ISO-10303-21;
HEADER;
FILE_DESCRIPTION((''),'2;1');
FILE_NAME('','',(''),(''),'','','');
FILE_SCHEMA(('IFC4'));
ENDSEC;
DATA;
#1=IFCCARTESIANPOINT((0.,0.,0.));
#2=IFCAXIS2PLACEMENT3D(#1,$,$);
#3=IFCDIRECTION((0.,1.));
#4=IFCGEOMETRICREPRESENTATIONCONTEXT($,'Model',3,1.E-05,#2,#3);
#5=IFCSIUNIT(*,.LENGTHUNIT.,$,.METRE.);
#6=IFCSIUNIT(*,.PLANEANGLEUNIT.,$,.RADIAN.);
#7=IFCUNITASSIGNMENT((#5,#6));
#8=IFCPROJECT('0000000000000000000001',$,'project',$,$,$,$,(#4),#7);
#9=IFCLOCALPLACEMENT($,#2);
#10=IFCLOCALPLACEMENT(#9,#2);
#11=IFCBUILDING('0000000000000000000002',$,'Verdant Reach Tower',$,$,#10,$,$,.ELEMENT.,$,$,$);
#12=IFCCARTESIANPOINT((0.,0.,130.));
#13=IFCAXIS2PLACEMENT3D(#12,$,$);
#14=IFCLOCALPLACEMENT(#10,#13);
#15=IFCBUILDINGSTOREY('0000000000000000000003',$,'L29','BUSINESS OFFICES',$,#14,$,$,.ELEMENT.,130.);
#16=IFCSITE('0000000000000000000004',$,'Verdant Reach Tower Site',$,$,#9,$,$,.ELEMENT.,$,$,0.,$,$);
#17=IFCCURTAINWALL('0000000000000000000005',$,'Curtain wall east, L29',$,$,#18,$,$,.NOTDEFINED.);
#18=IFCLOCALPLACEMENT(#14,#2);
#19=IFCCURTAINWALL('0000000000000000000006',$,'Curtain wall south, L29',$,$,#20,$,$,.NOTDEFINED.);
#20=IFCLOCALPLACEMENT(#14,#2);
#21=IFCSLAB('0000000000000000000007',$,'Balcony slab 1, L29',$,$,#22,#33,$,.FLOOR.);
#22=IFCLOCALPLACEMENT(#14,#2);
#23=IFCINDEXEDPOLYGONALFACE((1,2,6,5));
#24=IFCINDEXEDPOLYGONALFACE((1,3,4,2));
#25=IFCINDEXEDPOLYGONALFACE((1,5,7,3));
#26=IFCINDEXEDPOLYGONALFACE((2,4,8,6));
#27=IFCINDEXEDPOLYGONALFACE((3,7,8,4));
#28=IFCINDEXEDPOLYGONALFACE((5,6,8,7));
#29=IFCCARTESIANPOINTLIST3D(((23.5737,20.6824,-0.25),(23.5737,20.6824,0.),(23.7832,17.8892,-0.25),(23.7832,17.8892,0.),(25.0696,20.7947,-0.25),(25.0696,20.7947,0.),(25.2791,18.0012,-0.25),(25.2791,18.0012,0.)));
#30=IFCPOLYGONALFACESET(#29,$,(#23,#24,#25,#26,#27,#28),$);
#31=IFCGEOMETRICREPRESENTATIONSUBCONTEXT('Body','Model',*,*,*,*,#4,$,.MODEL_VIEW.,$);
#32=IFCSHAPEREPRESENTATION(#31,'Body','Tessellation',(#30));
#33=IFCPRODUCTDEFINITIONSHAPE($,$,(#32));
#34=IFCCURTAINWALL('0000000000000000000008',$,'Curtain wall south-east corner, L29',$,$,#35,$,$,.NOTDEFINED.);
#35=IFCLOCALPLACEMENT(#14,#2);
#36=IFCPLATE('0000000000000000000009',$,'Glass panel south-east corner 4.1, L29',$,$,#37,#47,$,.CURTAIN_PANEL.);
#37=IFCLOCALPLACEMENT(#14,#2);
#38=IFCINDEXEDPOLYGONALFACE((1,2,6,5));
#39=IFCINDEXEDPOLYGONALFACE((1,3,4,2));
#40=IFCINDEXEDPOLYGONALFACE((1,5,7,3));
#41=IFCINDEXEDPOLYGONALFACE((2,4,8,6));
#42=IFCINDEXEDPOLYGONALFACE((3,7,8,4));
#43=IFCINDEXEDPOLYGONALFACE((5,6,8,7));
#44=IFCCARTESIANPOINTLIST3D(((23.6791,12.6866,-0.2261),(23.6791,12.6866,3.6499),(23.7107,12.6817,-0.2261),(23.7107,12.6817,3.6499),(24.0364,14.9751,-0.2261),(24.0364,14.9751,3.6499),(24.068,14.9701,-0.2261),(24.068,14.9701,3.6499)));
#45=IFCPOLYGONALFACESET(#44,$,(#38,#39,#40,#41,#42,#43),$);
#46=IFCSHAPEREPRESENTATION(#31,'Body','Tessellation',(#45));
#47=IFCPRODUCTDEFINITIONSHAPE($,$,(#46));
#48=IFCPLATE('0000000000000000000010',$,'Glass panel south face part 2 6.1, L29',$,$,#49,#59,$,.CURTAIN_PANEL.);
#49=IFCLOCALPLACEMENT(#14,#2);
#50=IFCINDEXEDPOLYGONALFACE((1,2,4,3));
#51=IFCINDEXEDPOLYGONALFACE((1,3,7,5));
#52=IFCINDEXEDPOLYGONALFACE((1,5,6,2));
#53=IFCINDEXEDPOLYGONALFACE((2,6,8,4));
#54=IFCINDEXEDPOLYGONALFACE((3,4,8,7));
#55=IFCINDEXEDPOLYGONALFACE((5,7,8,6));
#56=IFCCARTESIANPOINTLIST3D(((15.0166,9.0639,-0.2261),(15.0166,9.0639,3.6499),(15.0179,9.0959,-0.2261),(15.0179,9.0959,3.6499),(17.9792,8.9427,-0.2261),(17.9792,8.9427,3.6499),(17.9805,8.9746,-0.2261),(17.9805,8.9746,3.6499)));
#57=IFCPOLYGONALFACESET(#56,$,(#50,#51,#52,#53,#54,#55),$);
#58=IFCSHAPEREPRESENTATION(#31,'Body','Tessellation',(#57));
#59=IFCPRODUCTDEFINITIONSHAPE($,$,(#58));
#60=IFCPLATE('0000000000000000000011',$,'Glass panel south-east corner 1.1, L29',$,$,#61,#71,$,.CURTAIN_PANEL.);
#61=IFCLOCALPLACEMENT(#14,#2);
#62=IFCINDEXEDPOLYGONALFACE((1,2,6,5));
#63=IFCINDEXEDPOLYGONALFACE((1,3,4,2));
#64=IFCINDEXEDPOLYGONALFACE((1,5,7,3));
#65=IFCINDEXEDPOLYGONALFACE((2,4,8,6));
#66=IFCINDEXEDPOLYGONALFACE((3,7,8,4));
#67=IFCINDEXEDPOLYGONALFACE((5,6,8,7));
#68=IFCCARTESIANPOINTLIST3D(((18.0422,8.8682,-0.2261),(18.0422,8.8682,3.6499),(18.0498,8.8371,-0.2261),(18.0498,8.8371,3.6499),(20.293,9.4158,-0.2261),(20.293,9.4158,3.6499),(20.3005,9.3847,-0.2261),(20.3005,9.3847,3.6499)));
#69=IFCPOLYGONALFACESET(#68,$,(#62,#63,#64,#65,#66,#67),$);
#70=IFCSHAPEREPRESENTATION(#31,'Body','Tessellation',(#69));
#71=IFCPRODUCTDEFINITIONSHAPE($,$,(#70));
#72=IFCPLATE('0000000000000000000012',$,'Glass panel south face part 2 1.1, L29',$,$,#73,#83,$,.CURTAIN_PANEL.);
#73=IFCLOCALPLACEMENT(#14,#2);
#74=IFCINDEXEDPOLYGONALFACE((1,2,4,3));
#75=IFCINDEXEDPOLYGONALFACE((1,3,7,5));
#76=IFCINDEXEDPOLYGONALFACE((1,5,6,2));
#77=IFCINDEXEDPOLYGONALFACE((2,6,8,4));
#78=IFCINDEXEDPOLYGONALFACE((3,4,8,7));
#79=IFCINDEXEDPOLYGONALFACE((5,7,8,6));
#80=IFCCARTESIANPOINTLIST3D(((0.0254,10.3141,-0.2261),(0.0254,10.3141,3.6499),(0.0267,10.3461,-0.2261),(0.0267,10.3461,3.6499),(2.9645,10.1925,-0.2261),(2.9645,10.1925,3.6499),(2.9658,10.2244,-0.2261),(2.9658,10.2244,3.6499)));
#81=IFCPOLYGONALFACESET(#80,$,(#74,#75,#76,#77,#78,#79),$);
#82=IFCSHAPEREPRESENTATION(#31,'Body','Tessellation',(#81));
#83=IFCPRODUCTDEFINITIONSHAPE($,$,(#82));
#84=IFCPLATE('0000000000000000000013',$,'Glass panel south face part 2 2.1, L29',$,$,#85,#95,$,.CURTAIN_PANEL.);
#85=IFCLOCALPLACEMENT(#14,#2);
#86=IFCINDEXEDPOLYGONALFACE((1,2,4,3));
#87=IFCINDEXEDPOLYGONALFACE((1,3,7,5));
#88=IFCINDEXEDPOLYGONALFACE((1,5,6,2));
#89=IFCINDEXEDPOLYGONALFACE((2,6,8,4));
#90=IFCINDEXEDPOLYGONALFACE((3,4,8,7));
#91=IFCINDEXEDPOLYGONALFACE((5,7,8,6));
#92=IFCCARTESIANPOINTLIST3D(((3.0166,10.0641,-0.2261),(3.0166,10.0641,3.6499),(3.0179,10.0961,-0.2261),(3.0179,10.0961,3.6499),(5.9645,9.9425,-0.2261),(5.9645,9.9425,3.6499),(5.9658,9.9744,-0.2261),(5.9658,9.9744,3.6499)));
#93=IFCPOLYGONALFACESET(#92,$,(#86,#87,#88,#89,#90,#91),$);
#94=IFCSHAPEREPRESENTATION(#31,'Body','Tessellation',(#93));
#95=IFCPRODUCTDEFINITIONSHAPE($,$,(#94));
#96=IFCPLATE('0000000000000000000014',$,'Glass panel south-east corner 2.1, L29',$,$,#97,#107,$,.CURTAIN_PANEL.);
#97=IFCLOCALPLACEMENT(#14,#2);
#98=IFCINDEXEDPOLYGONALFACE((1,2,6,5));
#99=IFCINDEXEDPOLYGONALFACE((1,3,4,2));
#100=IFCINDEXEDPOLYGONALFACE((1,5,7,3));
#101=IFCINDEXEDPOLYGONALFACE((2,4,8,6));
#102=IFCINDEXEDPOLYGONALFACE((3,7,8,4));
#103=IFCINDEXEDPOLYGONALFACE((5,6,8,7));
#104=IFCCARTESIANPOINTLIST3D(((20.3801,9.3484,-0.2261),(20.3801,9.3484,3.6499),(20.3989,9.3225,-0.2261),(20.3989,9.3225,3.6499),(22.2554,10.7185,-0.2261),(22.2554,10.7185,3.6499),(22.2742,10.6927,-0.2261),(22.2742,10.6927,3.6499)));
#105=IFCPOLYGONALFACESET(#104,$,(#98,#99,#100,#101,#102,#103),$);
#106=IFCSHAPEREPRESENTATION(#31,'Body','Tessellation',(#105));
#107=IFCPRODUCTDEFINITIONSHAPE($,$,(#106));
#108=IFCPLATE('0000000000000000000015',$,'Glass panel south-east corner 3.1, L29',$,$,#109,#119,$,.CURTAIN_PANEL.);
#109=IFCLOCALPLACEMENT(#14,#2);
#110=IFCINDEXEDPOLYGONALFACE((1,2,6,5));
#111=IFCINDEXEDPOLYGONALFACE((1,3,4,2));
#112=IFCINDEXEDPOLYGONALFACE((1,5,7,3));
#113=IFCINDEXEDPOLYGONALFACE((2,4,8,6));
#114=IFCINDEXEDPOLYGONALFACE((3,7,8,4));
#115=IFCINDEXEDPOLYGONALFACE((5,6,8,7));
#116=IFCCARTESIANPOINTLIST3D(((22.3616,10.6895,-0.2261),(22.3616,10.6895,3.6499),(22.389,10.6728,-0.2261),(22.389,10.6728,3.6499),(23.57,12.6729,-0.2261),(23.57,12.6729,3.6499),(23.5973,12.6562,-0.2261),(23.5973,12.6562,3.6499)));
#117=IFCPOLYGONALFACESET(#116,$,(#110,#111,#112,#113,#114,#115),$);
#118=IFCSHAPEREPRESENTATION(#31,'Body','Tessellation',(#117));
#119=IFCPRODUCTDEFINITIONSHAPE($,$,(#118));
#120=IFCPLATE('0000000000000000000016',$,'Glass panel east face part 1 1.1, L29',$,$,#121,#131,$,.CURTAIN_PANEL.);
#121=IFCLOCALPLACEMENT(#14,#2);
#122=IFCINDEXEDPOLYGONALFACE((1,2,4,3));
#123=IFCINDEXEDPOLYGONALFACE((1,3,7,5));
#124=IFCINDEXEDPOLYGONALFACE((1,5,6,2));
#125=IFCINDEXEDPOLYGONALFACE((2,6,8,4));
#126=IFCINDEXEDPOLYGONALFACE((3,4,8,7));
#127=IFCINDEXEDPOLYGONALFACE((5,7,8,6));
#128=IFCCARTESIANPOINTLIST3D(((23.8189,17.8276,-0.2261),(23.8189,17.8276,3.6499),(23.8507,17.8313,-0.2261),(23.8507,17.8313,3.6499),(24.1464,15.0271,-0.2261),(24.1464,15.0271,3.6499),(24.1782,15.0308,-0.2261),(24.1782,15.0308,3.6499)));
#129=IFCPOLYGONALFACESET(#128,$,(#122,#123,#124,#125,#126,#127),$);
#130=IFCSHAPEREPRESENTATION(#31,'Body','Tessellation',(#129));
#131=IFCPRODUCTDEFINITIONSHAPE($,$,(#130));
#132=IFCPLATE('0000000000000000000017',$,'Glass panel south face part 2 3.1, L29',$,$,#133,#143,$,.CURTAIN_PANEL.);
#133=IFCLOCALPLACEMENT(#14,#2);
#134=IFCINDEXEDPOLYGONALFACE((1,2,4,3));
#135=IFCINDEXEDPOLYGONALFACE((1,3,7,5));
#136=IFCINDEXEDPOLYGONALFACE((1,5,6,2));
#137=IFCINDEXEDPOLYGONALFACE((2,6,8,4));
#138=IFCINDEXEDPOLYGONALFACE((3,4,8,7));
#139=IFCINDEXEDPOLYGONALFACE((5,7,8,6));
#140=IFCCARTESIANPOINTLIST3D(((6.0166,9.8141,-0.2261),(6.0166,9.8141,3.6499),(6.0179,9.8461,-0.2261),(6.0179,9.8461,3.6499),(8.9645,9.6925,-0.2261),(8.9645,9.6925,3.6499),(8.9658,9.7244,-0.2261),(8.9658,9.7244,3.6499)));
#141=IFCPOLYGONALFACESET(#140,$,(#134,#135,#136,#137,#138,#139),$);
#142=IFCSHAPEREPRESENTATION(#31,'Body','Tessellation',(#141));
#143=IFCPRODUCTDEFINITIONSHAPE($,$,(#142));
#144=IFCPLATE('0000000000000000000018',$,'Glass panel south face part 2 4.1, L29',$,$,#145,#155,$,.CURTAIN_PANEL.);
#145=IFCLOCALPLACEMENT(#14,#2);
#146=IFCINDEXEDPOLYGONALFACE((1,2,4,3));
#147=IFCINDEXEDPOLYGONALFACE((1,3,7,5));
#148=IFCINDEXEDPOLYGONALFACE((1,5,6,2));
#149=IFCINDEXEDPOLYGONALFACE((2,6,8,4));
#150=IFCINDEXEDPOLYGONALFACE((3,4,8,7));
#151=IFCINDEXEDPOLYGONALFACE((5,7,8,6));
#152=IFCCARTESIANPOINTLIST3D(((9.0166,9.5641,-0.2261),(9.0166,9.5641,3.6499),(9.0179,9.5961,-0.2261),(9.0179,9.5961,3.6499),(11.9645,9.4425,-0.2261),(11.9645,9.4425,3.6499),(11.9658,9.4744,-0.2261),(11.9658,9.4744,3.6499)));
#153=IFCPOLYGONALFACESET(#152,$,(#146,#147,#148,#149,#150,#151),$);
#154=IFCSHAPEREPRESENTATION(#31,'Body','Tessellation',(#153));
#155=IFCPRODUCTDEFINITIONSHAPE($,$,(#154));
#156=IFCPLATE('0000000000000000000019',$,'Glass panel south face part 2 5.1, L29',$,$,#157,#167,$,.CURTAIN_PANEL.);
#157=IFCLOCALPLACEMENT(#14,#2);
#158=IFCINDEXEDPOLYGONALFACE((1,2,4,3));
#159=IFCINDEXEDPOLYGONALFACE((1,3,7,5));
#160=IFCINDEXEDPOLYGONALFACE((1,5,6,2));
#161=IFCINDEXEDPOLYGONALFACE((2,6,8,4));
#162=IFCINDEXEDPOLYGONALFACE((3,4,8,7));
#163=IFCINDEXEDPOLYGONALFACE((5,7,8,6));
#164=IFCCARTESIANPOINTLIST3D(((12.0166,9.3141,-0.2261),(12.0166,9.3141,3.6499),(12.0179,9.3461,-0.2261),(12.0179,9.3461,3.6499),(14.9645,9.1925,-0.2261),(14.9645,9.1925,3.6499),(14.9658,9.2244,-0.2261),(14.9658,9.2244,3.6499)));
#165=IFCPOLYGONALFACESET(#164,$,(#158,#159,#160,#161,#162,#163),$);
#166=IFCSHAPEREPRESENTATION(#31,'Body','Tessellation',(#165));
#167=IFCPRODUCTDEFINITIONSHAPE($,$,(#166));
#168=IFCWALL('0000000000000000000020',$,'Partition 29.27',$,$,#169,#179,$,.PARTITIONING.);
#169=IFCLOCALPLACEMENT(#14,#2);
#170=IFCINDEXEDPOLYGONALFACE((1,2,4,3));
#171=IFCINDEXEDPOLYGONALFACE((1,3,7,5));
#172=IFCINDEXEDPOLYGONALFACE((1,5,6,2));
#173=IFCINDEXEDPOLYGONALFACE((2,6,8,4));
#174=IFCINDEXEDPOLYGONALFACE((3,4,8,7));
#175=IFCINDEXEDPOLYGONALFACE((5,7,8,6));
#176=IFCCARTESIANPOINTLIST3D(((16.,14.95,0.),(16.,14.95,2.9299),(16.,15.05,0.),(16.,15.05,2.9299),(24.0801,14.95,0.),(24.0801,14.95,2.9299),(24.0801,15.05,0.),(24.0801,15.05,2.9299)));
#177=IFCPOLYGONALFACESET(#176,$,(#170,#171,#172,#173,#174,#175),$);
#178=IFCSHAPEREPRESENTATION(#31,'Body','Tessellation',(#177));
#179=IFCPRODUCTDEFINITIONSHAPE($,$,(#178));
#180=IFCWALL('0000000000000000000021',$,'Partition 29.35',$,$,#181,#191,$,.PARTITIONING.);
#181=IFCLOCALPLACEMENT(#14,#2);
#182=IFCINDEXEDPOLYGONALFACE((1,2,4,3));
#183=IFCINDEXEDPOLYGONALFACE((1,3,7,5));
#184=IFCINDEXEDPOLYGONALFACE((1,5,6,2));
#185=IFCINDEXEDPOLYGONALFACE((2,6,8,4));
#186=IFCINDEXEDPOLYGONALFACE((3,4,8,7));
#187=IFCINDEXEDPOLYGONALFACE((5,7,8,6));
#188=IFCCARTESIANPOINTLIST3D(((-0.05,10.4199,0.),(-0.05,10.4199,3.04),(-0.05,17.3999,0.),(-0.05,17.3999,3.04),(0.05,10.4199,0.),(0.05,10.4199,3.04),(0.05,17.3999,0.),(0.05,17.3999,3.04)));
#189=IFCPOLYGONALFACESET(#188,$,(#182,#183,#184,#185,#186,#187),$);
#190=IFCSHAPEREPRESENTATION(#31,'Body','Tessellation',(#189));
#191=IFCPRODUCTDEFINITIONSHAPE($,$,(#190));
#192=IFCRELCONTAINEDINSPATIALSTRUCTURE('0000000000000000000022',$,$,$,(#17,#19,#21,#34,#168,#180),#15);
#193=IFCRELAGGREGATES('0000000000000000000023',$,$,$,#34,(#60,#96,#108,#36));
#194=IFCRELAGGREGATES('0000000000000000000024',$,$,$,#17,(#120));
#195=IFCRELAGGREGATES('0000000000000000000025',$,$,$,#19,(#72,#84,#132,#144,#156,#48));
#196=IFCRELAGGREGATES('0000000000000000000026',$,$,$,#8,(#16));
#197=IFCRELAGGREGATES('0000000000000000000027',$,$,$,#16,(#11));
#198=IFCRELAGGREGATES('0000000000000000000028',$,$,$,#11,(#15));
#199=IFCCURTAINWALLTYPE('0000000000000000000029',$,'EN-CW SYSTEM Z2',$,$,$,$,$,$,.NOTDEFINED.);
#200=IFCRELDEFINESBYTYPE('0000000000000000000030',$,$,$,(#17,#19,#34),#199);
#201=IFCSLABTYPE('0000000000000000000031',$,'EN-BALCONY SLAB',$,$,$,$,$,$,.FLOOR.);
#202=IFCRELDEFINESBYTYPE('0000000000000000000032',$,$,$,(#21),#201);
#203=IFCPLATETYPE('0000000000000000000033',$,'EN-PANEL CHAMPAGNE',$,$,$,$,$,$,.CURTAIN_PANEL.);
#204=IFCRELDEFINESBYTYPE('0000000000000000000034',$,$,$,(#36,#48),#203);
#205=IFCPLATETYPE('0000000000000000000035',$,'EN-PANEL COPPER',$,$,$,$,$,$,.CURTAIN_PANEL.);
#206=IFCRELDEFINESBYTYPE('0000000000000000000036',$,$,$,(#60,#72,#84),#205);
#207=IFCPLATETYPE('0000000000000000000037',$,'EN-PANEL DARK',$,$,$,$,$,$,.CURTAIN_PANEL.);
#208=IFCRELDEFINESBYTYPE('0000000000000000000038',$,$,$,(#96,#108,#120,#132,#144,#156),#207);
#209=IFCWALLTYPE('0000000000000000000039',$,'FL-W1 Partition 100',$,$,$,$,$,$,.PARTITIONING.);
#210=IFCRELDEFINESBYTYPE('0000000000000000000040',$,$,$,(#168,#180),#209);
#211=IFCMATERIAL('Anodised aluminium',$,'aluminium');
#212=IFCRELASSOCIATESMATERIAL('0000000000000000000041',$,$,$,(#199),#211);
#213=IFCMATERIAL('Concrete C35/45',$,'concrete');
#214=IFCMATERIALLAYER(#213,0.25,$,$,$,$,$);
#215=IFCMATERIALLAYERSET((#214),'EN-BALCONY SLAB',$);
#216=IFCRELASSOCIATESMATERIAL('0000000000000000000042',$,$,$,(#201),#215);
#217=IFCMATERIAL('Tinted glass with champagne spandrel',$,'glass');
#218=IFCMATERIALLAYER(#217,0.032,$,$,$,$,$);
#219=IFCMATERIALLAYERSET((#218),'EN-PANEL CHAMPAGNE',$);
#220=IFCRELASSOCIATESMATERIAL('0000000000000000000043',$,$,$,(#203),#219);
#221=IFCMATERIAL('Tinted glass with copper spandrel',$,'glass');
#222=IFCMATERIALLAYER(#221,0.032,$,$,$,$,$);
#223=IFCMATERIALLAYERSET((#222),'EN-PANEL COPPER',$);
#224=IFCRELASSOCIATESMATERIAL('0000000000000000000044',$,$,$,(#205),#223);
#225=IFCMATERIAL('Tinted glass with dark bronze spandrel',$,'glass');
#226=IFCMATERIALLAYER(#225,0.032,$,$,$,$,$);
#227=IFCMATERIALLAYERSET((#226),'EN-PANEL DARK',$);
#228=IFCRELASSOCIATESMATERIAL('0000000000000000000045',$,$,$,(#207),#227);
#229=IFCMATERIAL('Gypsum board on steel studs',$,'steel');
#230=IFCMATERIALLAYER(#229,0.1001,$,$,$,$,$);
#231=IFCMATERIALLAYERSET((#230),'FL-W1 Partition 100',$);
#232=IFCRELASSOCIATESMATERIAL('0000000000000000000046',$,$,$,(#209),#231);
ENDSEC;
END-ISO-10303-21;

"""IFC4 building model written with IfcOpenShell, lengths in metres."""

from ifc_helpers import new_model, si_unit, direction, frame, frame_2d, origin, origin_2d, place, context, subcontext, project, spatial, polyline, rectangle, outline, extrude, material, layer, layer_set, type_object, element, aggregate, save


model = new_model("IFC4")

# Units and contexts
model_context = context("Model", 3, precision=1e-05, world=origin(), true_north=direction((0.0, 1.0)))
body_context = subcontext(model_context, "Body", "Model", "MODEL_VIEW")
ifc_project = project(units=[si_unit("LENGTHUNIT", "METRE"), si_unit("PLANEANGLEUNIT", "RADIAN")], contexts=[model_context])

# Site, building, storey
site_placement = place(None, origin())
site = spatial("IfcSite", under=ifc_project, at=site_placement, Name="Verdant Reach Tower Site", CompositionType="ELEMENT", RefElevation=0.0)
building_placement = place(site_placement, origin())
building = spatial("IfcBuilding", under=site, at=building_placement, Name="Verdant Reach Tower", CompositionType="ELEMENT")
storey_placement = place(building_placement, frame((0.0, 0.0, 130.0)))
storey = spatial("IfcBuildingStorey", under=building, at=storey_placement, Name="L29", Description="BUSINESS OFFICES", CompositionType="ELEMENT", Elevation=130.0)

# Curtain walls
ifc_material_1 = material(Name="Anodised aluminium", Category="aluminium")
curtain_wall_type = type_object("IfcCurtainWallType", Name="EN-CW SYSTEM Z2", PredefinedType="NOTDEFINED", material=ifc_material_1)
curtain_wall_1_placement = place(storey_placement, origin())
curtain_wall_1 = element("IfcCurtainWall", 1, at=curtain_wall_1_placement, inside=storey, type_object=curtain_wall_type, Name="Curtain wall east, L29", PredefinedType="NOTDEFINED")
curtain_wall_2_placement = place(storey_placement, origin())
curtain_wall_2 = element("IfcCurtainWall", 2, at=curtain_wall_2_placement, inside=storey, type_object=curtain_wall_type, Name="Curtain wall south, L29", PredefinedType="NOTDEFINED")

# Slab
ifc_material_2 = material(Name="Concrete C35/45", Category="concrete")
ifc_layer_1 = layer(ifc_material_2, 0.25)
ifc_layer_set_1 = layer_set([ifc_layer_1], Name="EN-BALCONY SLAB")
slab_type_1 = type_object("IfcSlabType", Name="EN-BALCONY SLAB", PredefinedType="FLOOR", material=ifc_layer_set_1)
slab_1_placement = place(storey_placement, frame((0.0, 0.0, -0.25)))
element("IfcSlab", 3, at=slab_1_placement, inside=storey, type_object=slab_type_1, Name="Balcony slab 1, L29", PredefinedType="FLOOR", context=body_context, shape_type="SweptSolid", body=[
    extrude(outline(polyline([(23.7832, 17.8892), (23.5737, 20.6824), (25.0696, 20.7947), (25.2791, 18.0012), (23.7832, 17.8892)])), origin(), (0.0, 0.0, 1.0), 0.25),
])

# Curtain wall, plate
curtain_wall_3_placement = place(storey_placement, origin())
curtain_wall_3 = element("IfcCurtainWall", 4, at=curtain_wall_3_placement, inside=storey, type_object=curtain_wall_type, Name="Curtain wall south-east corner, L29", PredefinedType="NOTDEFINED")
ifc_material_3 = material(Name="Tinted glass with champagne spandrel", Category="glass")
ifc_layer_2 = layer(ifc_material_3, 0.032)
ifc_layer_set_2 = layer_set([ifc_layer_2], Name="EN-PANEL CHAMPAGNE")
plate_type_1 = type_object("IfcPlateType", Name="EN-PANEL CHAMPAGNE", PredefinedType="CURTAIN_PANEL", material=ifc_layer_set_2)
plate_1_placement = place(storey_placement, frame((23.8735, 13.8284, -0.2261), z_axis=(0.0, 0.0, 1.0), x_axis=(0.154281, 0.988027, 0.0)))
plate_1 = element("IfcPlate", 5, at=plate_1_placement, type_object=plate_type_1, Name="Glass panel south-east corner 4.1, L29", PredefinedType="CURTAIN_PANEL", context=body_context, shape_type="SweptSolid", body=[
    extrude(rectangle(XDim=2.3162, YDim=0.032, at=origin_2d()), origin(), (0.0, 0.0, 1.0), 3.876),
])

# Plates
plate_2_placement = place(storey_placement, frame((16.4985, 9.0193, -0.2261), z_axis=(0.0, 0.0, 1.0), x_axis=(0.999163, -0.0409, 0.0)))
plate_2 = element("IfcPlate", 6, at=plate_2_placement, type_object=plate_type_1, Name="Glass panel south face part 2 6.1, L29", PredefinedType="CURTAIN_PANEL", context=body_context, shape_type="SweptSolid", body=[
    extrude(rectangle(XDim=2.9651, YDim=0.032, at=origin_2d()), origin(), (0.0, 0.0, 1.0), 3.876),
])
ifc_material_4 = material(Name="Tinted glass with copper spandrel", Category="glass")
ifc_layer_3 = layer(ifc_material_4, 0.032)
ifc_layer_set_3 = layer_set([ifc_layer_3], Name="EN-PANEL COPPER")
plate_type_2 = type_object("IfcPlateType", Name="EN-PANEL COPPER", PredefinedType="CURTAIN_PANEL", material=ifc_layer_set_3)
plate_3_placement = place(storey_placement, frame((19.1714, 9.1265, -0.2261), z_axis=(0.0, 0.0, 1.0), x_axis=(0.971658, 0.236391, 0.0)))
plate_3 = element("IfcPlate", 7, at=plate_3_placement, type_object=plate_type_2, Name="Glass panel south-east corner 1.1, L29", PredefinedType="CURTAIN_PANEL", context=body_context, shape_type="SweptSolid", body=[
    extrude(rectangle(XDim=2.3164, YDim=0.032, at=origin_2d()), origin(), (0.0, 0.0, 1.0), 3.876),
])
plate_4_placement = place(storey_placement, frame((1.4956, 10.2693, -0.2261), z_axis=(0.0, 0.0, 1.0), x_axis=(0.999144, -0.041364, 0.0)))
plate_4 = element("IfcPlate", 8, at=plate_4_placement, type_object=plate_type_2, Name="Glass panel south face part 2 1.1, L29", PredefinedType="CURTAIN_PANEL", context=body_context, shape_type="SweptSolid", body=[
    extrude(rectangle(XDim=2.9417, YDim=0.032, at=origin_2d()), origin(), (0.0, 0.0, 1.0), 3.876),
])
plate_5_placement = place(storey_placement, frame((4.4912, 10.0193, -0.2261), z_axis=(0.0, 0.0, 1.0), x_axis=(0.999149, -0.041242, 0.0)))
plate_5 = element("IfcPlate", 9, at=plate_5_placement, type_object=plate_type_2, Name="Glass panel south face part 2 2.1, L29", PredefinedType="CURTAIN_PANEL", context=body_context, shape_type="SweptSolid", body=[
    extrude(rectangle(XDim=2.9504, YDim=0.032, at=origin_2d()), origin(), (0.0, 0.0, 1.0), 3.876),
])
ifc_material_5 = material(Name="Tinted glass with dark bronze spandrel", Category="glass")
ifc_layer_4 = layer(ifc_material_5, 0.032)
ifc_layer_set_4 = layer_set([ifc_layer_4], Name="EN-PANEL DARK")
plate_type_3 = type_object("IfcPlateType", Name="EN-PANEL DARK", PredefinedType="CURTAIN_PANEL", material=ifc_layer_set_4)
plate_6_placement = place(storey_placement, frame((21.3271, 10.0205, -0.2261), z_axis=(0.0, 0.0, 1.0), x_axis=(0.807457, 0.589927, 0.0)))
plate_6 = element("IfcPlate", 10, at=plate_6_placement, type_object=plate_type_3, Name="Glass panel south-east corner 2.1, L29", PredefinedType="CURTAIN_PANEL", context=body_context, shape_type="SweptSolid", body=[
    extrude(rectangle(XDim=2.3225, YDim=0.032, at=origin_2d()), origin(), (0.0, 0.0, 1.0), 3.876),
])
plate_7_placement = place(storey_placement, frame((22.9795, 11.6729, -0.2261), z_axis=(0.0, 0.0, 1.0), x_axis=(0.520292, 0.853989, 0.0)))
plate_7 = element("IfcPlate", 11, at=plate_7_placement, type_object=plate_type_3, Name="Glass panel south-east corner 3.1, L29", PredefinedType="CURTAIN_PANEL", context=body_context, shape_type="SweptSolid", body=[
    extrude(rectangle(XDim=2.3225, YDim=0.032, at=origin_2d()), origin(), (0.0, 0.0, 1.0), 3.876),
])
aggregate(curtain_wall_3, [plate_3, plate_6, plate_7, plate_1])
plate_8_placement = place(storey_placement, frame((23.9985, 16.4292, -0.2261), z_axis=(0.0, 0.0, 1.0), x_axis=(-0.116147, 0.993232, 0.0)))
plate_8 = element("IfcPlate", 12, at=plate_8_placement, type_object=plate_type_3, Name="Glass panel east face part 1 1.1, L29", PredefinedType="CURTAIN_PANEL", context=body_context, shape_type="SweptSolid", body=[
    extrude(rectangle(XDim=2.8196, YDim=0.032, at=origin_2d()), origin(), (0.0, 0.0, 1.0), 3.876),
])
aggregate(curtain_wall_1, [plate_8])
plate_9_placement = place(storey_placement, frame((7.4912, 9.7693, -0.2261), z_axis=(0.0, 0.0, 1.0), x_axis=(0.999149, -0.041242, 0.0)))
plate_9 = element("IfcPlate", 13, at=plate_9_placement, type_object=plate_type_3, Name="Glass panel south face part 2 3.1, L29", PredefinedType="CURTAIN_PANEL", context=body_context, shape_type="SweptSolid", body=[
    extrude(rectangle(XDim=2.9504, YDim=0.032, at=origin_2d()), origin(), (0.0, 0.0, 1.0), 3.876),
])
plate_10_placement = place(storey_placement, frame((10.4912, 9.5193, -0.2261), z_axis=(0.0, 0.0, 1.0), x_axis=(0.999149, -0.041242, 0.0)))
plate_10 = element("IfcPlate", 14, at=plate_10_placement, type_object=plate_type_3, Name="Glass panel south face part 2 4.1, L29", PredefinedType="CURTAIN_PANEL", context=body_context, shape_type="SweptSolid", body=[
    extrude(rectangle(XDim=2.9504, YDim=0.032, at=origin_2d()), origin(), (0.0, 0.0, 1.0), 3.876),
])
plate_11_placement = place(storey_placement, frame((13.4912, 9.2693, -0.2261), z_axis=(0.0, 0.0, 1.0), x_axis=(0.999149, -0.041242, 0.0)))
plate_11 = element("IfcPlate", 15, at=plate_11_placement, type_object=plate_type_3, Name="Glass panel south face part 2 5.1, L29", PredefinedType="CURTAIN_PANEL", context=body_context, shape_type="SweptSolid", body=[
    extrude(rectangle(XDim=2.9504, YDim=0.032, at=origin_2d()), origin(), (0.0, 0.0, 1.0), 3.876),
])
aggregate(curtain_wall_2, [plate_4, plate_5, plate_9, plate_10, plate_11, plate_2])

# Walls
ifc_material_6 = material(Name="Gypsum board on steel studs", Category="steel")
ifc_layer_5 = layer(ifc_material_6, 0.1001)
ifc_layer_set_5 = layer_set([ifc_layer_5], Name="FL-W1 Partition 100")
wall_type_1 = type_object("IfcWallType", Name="FL-W1 Partition 100", PredefinedType="PARTITIONING", material=ifc_layer_set_5)
wall_1_placement = place(storey_placement, frame((24.0801, 15.0, 0.0), z_axis=(0.0, 0.0, 1.0), x_axis=(-1.0, 0.0, 0.0)))
element("IfcWall", 16, at=wall_1_placement, inside=storey, type_object=wall_type_1, Name="Partition 29.27", PredefinedType="PARTITIONING", context=body_context, shape_type="SweptSolid", body=[
    extrude(rectangle(XDim=8.0801, YDim=0.1001, at=frame_2d((4.04, 0.0))), origin(), (0.0, 0.0, 1.0), 2.9299),
])
wall_2_placement = place(storey_placement, frame((0.0, 10.4199, 0.0), z_axis=(0.0, 0.0, 1.0), x_axis=(0.0, 1.0, 0.0)))
element("IfcWall", 17, at=wall_2_placement, inside=storey, type_object=wall_type_1, Name="Partition 29.35", PredefinedType="PARTITIONING", context=body_context, shape_type="SweptSolid", body=[
    extrude(rectangle(XDim=6.98, YDim=0.1001, at=frame_2d((3.49, 0.0))), origin(), (0.0, 0.0, 1.0), 3.04),
])

save(model, "model.ifc")
